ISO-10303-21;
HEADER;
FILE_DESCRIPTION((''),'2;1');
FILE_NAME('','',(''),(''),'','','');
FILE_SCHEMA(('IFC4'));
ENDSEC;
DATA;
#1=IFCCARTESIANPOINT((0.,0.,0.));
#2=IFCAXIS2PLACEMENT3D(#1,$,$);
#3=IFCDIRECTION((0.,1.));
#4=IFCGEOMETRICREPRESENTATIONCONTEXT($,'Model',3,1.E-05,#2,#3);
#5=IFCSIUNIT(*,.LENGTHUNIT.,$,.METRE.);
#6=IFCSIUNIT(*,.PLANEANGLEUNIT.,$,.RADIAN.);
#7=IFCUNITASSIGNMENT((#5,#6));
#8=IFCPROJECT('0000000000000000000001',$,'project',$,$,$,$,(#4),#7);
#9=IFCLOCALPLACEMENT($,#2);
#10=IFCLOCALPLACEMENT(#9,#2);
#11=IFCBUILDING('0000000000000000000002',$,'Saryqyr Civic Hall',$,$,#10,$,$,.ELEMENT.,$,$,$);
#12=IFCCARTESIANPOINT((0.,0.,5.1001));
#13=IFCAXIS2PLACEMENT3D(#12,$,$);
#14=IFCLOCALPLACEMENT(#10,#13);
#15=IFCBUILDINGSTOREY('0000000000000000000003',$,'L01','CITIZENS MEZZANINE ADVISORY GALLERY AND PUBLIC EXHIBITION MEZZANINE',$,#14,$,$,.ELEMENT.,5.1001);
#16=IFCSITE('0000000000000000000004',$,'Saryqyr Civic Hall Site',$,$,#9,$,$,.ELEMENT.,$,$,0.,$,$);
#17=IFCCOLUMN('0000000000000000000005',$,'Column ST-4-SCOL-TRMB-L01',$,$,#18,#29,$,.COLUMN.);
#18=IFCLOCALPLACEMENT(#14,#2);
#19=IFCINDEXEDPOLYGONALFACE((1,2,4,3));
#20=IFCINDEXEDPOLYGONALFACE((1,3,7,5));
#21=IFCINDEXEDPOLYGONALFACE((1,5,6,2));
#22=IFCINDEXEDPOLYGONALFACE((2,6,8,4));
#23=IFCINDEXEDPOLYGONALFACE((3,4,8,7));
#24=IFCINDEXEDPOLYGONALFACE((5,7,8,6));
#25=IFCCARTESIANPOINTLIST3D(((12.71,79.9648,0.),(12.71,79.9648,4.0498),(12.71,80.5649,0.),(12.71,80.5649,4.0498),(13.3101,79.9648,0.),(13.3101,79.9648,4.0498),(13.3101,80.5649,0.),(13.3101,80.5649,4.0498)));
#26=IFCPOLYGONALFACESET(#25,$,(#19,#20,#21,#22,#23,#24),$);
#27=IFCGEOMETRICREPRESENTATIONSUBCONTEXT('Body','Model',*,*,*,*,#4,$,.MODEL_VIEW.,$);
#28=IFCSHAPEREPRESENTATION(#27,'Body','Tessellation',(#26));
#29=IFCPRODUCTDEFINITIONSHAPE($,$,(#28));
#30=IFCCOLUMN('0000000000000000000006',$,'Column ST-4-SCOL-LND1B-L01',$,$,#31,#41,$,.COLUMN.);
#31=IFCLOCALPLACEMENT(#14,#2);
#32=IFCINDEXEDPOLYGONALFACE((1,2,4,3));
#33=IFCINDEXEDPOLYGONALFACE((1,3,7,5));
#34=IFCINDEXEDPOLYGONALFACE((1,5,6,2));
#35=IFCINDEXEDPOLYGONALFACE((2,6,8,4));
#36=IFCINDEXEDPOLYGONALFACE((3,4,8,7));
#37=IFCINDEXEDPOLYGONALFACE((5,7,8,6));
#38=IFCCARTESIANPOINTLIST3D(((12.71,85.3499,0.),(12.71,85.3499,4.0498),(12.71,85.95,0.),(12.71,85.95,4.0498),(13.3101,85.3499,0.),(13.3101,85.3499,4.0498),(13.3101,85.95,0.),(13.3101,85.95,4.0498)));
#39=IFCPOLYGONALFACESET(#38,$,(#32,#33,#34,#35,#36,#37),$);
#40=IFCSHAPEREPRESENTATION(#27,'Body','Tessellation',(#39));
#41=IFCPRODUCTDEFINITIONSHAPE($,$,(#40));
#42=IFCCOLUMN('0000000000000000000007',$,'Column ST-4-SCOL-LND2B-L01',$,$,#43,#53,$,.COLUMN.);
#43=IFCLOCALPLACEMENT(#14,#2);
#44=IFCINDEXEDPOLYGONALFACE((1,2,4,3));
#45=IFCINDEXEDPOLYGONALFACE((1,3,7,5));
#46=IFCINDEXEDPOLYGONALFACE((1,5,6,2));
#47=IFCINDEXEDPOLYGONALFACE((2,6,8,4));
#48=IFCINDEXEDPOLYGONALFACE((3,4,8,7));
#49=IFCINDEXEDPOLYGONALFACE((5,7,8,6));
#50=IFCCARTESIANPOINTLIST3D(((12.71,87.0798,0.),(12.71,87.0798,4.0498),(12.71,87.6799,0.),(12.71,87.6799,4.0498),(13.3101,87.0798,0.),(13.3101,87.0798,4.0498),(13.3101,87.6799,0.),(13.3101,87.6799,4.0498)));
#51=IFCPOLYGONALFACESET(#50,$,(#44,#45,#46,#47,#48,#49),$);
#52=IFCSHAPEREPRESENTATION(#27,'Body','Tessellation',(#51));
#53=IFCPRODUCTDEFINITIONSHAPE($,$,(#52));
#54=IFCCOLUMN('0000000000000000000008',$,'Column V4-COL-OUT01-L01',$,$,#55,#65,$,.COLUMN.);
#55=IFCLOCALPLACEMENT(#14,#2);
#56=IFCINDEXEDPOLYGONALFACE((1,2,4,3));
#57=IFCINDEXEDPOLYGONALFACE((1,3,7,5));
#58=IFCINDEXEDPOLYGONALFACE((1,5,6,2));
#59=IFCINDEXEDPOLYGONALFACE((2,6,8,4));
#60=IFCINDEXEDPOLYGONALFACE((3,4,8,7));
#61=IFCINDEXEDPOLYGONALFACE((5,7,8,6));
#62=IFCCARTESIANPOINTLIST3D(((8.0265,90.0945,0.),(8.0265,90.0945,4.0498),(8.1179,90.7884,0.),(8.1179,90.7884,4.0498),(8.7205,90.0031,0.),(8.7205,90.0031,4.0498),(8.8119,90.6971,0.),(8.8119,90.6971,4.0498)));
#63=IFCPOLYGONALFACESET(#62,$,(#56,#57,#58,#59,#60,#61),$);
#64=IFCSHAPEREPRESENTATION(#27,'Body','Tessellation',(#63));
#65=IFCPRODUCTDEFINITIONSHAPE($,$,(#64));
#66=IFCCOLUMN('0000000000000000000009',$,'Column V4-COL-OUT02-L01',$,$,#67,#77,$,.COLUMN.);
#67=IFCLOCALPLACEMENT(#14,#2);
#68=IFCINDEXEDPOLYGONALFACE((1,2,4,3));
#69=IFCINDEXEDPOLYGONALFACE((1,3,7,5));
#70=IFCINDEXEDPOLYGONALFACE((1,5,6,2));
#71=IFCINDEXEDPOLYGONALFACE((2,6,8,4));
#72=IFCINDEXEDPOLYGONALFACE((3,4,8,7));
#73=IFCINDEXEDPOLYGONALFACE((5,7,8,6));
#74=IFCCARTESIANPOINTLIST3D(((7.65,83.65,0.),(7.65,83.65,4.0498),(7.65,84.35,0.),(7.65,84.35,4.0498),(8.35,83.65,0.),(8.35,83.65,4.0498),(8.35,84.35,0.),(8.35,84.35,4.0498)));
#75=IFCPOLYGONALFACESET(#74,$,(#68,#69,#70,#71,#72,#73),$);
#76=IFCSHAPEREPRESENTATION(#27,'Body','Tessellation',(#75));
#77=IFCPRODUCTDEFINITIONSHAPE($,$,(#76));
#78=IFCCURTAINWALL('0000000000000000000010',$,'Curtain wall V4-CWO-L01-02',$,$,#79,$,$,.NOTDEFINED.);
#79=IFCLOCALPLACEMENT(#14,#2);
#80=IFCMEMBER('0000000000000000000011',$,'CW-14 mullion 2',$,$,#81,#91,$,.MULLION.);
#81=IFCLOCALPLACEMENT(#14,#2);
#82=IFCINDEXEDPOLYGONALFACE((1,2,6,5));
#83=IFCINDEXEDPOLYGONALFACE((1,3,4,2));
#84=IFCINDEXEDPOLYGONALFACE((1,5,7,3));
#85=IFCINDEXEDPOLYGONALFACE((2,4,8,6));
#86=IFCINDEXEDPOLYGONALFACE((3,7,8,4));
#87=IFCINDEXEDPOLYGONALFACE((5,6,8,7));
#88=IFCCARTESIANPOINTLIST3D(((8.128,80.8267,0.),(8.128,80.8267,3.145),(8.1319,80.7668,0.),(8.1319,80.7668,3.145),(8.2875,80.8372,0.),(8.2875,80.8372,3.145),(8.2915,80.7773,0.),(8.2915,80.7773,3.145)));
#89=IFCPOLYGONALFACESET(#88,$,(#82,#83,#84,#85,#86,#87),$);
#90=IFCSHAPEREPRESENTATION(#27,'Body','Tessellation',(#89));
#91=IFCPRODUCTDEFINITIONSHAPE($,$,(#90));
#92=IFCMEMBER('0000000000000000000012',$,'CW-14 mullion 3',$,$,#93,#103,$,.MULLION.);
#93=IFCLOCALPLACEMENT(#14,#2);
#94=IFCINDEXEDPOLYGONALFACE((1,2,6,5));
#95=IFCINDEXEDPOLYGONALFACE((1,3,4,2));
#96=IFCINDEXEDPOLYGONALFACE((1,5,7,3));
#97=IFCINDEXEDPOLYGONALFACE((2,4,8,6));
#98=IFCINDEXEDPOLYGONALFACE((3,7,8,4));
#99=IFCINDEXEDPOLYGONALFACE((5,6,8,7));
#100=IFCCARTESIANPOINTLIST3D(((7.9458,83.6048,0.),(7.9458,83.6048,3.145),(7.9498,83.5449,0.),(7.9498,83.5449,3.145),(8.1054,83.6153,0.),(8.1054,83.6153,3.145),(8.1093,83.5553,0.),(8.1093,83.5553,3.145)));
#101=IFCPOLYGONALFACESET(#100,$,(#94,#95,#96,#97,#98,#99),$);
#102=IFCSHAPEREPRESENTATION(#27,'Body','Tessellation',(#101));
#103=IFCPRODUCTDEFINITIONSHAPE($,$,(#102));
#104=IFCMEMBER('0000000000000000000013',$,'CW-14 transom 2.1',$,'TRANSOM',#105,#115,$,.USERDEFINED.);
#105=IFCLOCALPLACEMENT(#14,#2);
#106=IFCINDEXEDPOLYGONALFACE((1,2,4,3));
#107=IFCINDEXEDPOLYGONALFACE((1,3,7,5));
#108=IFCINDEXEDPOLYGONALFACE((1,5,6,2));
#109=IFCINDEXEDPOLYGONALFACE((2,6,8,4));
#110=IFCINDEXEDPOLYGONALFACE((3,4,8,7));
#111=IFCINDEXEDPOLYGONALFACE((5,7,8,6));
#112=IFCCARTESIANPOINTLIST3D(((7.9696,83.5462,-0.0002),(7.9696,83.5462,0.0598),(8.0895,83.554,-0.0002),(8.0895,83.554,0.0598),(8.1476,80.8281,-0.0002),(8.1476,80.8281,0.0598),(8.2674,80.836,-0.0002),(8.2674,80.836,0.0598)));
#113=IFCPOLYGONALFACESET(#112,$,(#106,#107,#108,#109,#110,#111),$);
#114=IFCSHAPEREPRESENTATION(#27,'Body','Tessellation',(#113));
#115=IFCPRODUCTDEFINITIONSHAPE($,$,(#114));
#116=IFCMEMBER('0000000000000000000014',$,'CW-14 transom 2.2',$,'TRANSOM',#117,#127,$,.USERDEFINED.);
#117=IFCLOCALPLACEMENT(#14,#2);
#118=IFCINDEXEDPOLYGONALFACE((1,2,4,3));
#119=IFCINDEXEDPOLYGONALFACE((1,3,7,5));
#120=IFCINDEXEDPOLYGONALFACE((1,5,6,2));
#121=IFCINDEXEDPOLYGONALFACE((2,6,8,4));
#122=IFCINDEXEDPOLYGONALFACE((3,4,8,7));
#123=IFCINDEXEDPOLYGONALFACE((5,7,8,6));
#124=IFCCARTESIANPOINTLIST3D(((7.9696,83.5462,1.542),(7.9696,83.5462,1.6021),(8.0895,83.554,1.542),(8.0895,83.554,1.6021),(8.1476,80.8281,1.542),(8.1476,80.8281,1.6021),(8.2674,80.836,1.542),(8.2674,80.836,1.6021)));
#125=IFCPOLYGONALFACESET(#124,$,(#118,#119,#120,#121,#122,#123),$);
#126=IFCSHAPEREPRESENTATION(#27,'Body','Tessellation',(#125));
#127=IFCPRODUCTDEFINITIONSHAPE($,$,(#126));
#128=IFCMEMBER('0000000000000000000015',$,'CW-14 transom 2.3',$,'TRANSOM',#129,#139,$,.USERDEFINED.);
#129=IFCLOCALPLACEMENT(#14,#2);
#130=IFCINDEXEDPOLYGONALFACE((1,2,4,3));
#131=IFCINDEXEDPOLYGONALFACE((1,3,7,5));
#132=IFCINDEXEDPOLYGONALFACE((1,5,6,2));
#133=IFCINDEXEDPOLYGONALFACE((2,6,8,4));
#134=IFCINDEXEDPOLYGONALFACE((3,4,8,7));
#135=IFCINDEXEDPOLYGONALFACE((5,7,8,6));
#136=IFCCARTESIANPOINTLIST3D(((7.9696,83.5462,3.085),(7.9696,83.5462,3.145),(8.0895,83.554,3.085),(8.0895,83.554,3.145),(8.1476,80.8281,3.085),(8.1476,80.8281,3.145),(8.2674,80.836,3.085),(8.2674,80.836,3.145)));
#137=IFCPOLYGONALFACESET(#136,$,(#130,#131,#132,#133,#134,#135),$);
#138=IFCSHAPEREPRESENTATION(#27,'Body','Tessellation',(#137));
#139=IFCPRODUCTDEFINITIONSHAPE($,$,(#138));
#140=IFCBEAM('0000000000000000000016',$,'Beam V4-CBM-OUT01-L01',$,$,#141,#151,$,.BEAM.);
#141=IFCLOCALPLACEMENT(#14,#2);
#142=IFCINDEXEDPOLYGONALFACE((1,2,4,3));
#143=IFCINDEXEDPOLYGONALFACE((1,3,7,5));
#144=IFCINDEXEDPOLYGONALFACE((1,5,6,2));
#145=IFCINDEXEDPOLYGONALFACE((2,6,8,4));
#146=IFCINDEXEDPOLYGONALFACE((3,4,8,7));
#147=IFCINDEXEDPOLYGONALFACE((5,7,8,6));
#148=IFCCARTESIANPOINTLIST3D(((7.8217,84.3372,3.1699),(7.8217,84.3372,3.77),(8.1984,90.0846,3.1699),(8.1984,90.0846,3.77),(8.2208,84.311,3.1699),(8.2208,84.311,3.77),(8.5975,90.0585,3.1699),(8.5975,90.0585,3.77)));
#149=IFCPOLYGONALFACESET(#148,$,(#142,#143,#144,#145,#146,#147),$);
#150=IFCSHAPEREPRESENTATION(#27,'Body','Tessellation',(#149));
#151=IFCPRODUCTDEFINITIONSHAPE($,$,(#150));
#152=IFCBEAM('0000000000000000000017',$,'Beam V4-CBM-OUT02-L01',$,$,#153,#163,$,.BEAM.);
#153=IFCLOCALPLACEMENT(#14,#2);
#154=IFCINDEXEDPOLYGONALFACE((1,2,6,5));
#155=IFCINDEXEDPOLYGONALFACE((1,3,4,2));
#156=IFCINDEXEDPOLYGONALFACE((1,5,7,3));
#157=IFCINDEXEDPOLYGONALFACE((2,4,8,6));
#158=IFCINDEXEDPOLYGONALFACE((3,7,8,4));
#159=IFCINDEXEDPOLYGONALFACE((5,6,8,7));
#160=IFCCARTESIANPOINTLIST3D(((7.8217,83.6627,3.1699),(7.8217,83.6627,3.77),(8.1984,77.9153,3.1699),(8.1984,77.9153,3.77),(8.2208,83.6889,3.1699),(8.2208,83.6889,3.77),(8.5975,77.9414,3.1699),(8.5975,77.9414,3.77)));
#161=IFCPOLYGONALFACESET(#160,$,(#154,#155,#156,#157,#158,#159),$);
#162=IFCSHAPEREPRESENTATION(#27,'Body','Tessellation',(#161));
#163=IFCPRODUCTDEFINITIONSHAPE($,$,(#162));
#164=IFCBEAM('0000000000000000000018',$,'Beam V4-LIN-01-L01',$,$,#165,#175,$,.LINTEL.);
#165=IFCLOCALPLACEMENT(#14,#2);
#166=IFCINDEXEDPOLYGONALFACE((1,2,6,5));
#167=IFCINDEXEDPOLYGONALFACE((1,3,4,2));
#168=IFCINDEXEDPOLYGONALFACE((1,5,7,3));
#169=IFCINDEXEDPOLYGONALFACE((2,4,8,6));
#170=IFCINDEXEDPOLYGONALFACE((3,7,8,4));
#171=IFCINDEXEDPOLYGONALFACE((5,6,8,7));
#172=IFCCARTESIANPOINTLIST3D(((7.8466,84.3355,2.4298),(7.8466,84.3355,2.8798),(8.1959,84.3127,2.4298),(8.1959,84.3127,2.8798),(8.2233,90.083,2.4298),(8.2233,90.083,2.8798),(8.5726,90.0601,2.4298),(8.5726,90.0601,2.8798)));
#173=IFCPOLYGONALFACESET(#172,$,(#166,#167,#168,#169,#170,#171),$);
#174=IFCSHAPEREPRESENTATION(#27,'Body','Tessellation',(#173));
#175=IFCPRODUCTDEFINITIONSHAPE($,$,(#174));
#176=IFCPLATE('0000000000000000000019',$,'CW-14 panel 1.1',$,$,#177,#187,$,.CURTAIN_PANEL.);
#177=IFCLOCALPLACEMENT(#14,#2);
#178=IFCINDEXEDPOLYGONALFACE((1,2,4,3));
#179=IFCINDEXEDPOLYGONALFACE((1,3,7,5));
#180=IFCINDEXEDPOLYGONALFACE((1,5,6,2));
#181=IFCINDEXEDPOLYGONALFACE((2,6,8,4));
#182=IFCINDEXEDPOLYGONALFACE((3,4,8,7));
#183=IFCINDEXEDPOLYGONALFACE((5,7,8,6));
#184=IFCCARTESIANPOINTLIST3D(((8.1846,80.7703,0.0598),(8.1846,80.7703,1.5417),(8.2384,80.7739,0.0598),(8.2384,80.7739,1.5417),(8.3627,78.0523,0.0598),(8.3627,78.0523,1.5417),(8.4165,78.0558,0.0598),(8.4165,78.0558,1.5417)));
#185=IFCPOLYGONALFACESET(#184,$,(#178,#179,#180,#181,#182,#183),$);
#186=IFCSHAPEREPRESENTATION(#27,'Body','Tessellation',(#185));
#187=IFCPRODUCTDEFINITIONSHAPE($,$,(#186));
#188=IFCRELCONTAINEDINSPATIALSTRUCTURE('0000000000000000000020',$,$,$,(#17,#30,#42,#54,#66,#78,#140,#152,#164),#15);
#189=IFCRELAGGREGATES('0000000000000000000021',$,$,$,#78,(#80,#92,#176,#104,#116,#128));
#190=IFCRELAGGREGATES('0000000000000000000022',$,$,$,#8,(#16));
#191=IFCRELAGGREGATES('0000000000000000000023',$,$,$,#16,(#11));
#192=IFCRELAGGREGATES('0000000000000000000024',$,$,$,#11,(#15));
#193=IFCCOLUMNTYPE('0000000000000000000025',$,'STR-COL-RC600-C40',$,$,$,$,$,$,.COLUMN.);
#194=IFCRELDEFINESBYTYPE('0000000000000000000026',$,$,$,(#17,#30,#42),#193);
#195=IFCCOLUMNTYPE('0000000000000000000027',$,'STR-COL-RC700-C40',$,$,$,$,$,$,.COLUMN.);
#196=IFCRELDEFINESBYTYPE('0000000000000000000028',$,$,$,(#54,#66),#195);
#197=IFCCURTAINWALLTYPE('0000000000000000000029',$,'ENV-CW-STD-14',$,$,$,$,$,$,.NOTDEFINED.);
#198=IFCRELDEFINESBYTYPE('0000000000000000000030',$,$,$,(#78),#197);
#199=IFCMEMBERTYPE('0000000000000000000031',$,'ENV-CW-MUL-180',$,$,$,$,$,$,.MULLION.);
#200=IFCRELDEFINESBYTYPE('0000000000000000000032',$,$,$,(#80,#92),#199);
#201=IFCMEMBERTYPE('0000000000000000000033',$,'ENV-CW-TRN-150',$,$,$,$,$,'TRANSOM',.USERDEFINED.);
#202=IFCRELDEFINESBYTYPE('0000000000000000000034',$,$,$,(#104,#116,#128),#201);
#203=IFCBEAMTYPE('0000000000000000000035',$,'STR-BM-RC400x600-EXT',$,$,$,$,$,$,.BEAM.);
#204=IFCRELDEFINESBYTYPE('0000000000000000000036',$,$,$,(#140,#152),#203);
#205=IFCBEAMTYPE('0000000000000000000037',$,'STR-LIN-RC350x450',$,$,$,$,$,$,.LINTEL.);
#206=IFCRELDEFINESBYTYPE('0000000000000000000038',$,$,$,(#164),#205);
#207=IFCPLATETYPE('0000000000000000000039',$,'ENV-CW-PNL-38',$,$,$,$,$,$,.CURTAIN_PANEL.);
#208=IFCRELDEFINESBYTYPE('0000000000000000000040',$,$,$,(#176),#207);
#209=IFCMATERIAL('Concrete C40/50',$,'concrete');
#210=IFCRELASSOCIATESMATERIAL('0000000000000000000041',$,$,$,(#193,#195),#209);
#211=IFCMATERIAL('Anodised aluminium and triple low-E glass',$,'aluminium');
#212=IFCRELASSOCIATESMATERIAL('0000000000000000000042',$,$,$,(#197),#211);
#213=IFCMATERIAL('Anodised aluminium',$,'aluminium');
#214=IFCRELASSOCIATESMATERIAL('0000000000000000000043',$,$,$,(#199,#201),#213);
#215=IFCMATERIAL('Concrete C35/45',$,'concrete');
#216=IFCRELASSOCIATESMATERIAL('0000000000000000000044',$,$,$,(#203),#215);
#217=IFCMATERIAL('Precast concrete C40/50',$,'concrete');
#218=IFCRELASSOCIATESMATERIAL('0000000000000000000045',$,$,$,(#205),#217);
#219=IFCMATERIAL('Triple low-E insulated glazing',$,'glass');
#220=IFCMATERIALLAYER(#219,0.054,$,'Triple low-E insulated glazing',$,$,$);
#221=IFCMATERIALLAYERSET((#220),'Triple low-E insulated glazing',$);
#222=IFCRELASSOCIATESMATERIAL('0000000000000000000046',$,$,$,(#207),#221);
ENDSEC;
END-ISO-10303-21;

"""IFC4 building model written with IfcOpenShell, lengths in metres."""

from ifc_helpers import new_model, si_unit, direction, frame, origin, origin_2d, place, context, subcontext, project, spatial, rectangle, extrude, material, layer, layer_set, material_profile, profile_set, type_object, element, aggregate, save


model = new_model("IFC4")

# Units and contexts
model_context = context("Model", 3, precision=1e-05, world=origin(), true_north=direction((0.0, 1.0)))
body_context = subcontext(model_context, "Body", "Model", "MODEL_VIEW")
ifc_project = project(units=[si_unit("LENGTHUNIT", "METRE"), si_unit("PLANEANGLEUNIT", "RADIAN")], contexts=[model_context])

# Site, building, storey
site_placement = place(None, origin())
site = spatial("IfcSite", under=ifc_project, at=site_placement, Name="Saryqyr Civic Hall Site", CompositionType="ELEMENT", RefElevation=0.0)
building_placement = place(site_placement, origin())
building = spatial("IfcBuilding", under=site, at=building_placement, Name="Saryqyr Civic Hall", CompositionType="ELEMENT")
storey_placement = place(building_placement, frame((0.0, 0.0, 5.1001)))
storey = spatial("IfcBuildingStorey", under=building, at=storey_placement, Name="L01", Description="CITIZENS MEZZANINE ADVISORY GALLERY AND PUBLIC EXHIBITION MEZZANINE", CompositionType="ELEMENT", Elevation=5.1001)

# Columns
ifc_material_1 = material(Name="Concrete C40/50", Category="concrete")
ifc_material_profile_1 = material_profile(ifc_material_1, rectangle(XDim=0.6001, YDim=0.6001, at=origin_2d()), Name="RC 600x600")
ifc_profile_set_1 = profile_set([ifc_material_profile_1], Name="Concrete C40/50")
column_type_1 = type_object("IfcColumnType", Name="STR-COL-RC600-C40", PredefinedType="COLUMN", material=ifc_profile_set_1)
for number, where, z_axis, x_axis, name in (
    (1, (13.01, 80.2649, 0.0), (0.0, 0.0, 1.0), (1.0, 0.0, 0.0), "Column ST-4-SCOL-TRMB-L01"),
    (2, (13.01, 85.6499, 0.0), (0.0, 0.0, 1.0), (1.0, 0.0, 0.0), "Column ST-4-SCOL-LND1B-L01"),
    (3, (13.01, 87.3799, 0.0), (0.0, 0.0, 1.0), (1.0, 0.0, 0.0), "Column ST-4-SCOL-LND2B-L01"),
):
    element("IfcColumn", number, at=place(storey_placement, frame(where, z_axis=z_axis, x_axis=x_axis)), inside=storey, type_object=column_type_1, Name=name, PredefinedType="COLUMN", context=body_context, shape_type="SweptSolid", body=[
        extrude(rectangle(XDim=0.6001, YDim=0.6001, at=origin_2d()), origin(), (0.0, 0.0, 1.0), 4.0498),
    ])
ifc_material_profile_2 = material_profile(ifc_material_1, rectangle(XDim=0.7, YDim=0.7, at=origin_2d()), Name="RC 700x700")
ifc_profile_set_2 = profile_set([ifc_material_profile_2], Name="Concrete C40/50")
column_type_2 = type_object("IfcColumnType", Name="STR-COL-RC700-C40", PredefinedType="COLUMN", material=ifc_profile_set_2)
for number, where, z_axis, x_axis, name in (
    (4, (8.4192, 90.3958, 0.0), (0.0, 0.0, 1.0), (-0.991445, 0.130526, 0.0), "Column V4-COL-OUT01-L01"),
    (5, (8.0, 84.0, 0.0), (0.0, 0.0, 1.0), (-1.0, 0.0, 0.0), "Column V4-COL-OUT02-L01"),
):
    element("IfcColumn", number, at=place(storey_placement, frame(where, z_axis=z_axis, x_axis=x_axis)), inside=storey, type_object=column_type_2, Name=name, PredefinedType="COLUMN", context=body_context, shape_type="SweptSolid", body=[
        extrude(rectangle(XDim=0.7, YDim=0.7, at=origin_2d()), origin(), (0.0, 0.0, 1.0), 4.0498),
    ])

# Curtain wall, members
ifc_material_2 = material(Name="Anodised aluminium and triple low-E glass", Category="aluminium")
curtain_wall_type = type_object("IfcCurtainWallType", Name="ENV-CW-STD-14", PredefinedType="NOTDEFINED", material=ifc_material_2)
curtain_wall_placement = place(storey_placement, origin())
curtain_wall = element("IfcCurtainWall", 6, at=curtain_wall_placement, inside=storey, type_object=curtain_wall_type, Name="Curtain wall V4-CWO-L01-02", PredefinedType="NOTDEFINED")
ifc_material_3 = material(Name="Anodised aluminium", Category="aluminium")
ifc_material_profile_3 = material_profile(ifc_material_3, rectangle(XDim=0.0601, YDim=0.1599, at=origin_2d()), Name="ALU MULLION 60x160")
ifc_profile_set_3 = profile_set([ifc_material_profile_3], Name="Anodised aluminium")
member_type_1 = type_object("IfcMemberType", Name="ENV-CW-MUL-180", PredefinedType="MULLION", material=ifc_profile_set_3)
member_1_placement = place(storey_placement, frame((8.2097, 80.802, 0.0), z_axis=(0.0, 0.0, 1.0), x_axis=(-0.065389, 0.99786, 0.0)))
member_1 = element("IfcMember", 7, at=member_1_placement, type_object=member_type_1, Name="CW-14 mullion 2", PredefinedType="MULLION", context=body_context, shape_type="SweptSolid", body=[
    extrude(rectangle(XDim=0.0601, YDim=0.1599, at=origin_2d()), origin(), (0.0, 0.0, 1.0), 3.145),
])
member_2_placement = place(storey_placement, frame((8.0276, 83.5801, 0.0), z_axis=(0.0, 0.0, 1.0), x_axis=(-0.065389, 0.99786, 0.0)))
member_2 = element("IfcMember", 8, at=member_2_placement, type_object=member_type_1, Name="CW-14 mullion 3", PredefinedType="MULLION", context=body_context, shape_type="SweptSolid", body=[
    extrude(rectangle(XDim=0.0601, YDim=0.1599, at=origin_2d()), origin(), (0.0, 0.0, 1.0), 3.145),
])
ifc_material_profile_4 = material_profile(ifc_material_3, rectangle(XDim=0.1201, YDim=0.0601, at=origin_2d()), Name="ALU TRANSOM 120x60")
ifc_profile_set_4 = profile_set([ifc_material_profile_4], Name="Anodised aluminium")
member_type_2 = type_object("IfcMemberType", Name="ENV-CW-TRN-150", ElementType="TRANSOM", PredefinedType="USERDEFINED", material=ifc_profile_set_4)
member_3_placement = place(storey_placement, frame((8.2075, 80.832, 0.0298), z_axis=(-0.065341, 0.997863, 0.0), x_axis=(-0.997863, -0.065341, 0.0)))
member_3 = element("IfcMember", 9, at=member_3_placement, type_object=member_type_2, Name="CW-14 transom 2.1", ObjectType="TRANSOM", PredefinedType="USERDEFINED", context=body_context, shape_type="SweptSolid", body=[
    extrude(rectangle(XDim=0.1201, YDim=0.0601, at=origin_2d()), origin(), (0.0, 0.0, 1.0), 2.7239),
])
member_4_placement = place(storey_placement, frame((8.2075, 80.832, 1.572), z_axis=(-0.065341, 0.997863, 0.0), x_axis=(-0.997863, -0.065341, 0.0)))
member_4 = element("IfcMember", 10, at=member_4_placement, type_object=member_type_2, Name="CW-14 transom 2.2", ObjectType="TRANSOM", PredefinedType="USERDEFINED", context=body_context, shape_type="SweptSolid", body=[
    extrude(rectangle(XDim=0.1201, YDim=0.0601, at=origin_2d()), origin(), (0.0, 0.0, 1.0), 2.7239),
])
member_5_placement = place(storey_placement, frame((8.2075, 80.832, 3.115), z_axis=(-0.065341, 0.997863, 0.0), x_axis=(-0.997863, -0.065341, 0.0)))
member_5 = element("IfcMember", 11, at=member_5_placement, type_object=member_type_2, Name="CW-14 transom 2.3", ObjectType="TRANSOM", PredefinedType="USERDEFINED", context=body_context, shape_type="SweptSolid", body=[
    extrude(rectangle(XDim=0.1201, YDim=0.0601, at=origin_2d()), origin(), (0.0, 0.0, 1.0), 2.7239),
])

# Beams
ifc_material_4 = material(Name="Concrete C35/45", Category="concrete")
ifc_material_profile_5 = material_profile(ifc_material_4, rectangle(XDim=0.3999, YDim=0.6001, at=origin_2d()), Name="RC 400x600")
ifc_profile_set_5 = profile_set([ifc_material_profile_5], Name="Concrete C35/45")
beam_type_1 = type_object("IfcBeamType", Name="STR-BM-RC400x600-EXT", PredefinedType="BEAM", material=ifc_profile_set_5)
for number, where, z_axis, x_axis, name in (
    (12, (8.3979, 90.0715, 3.47), (-0.065405, -0.997859, 0.0), (0.997859, -0.065405, 0.0), "Beam V4-CBM-OUT01-L01"),
    (13, (8.0212, 83.6758, 3.47), (0.065405, -0.997859, 0.0), (0.997859, 0.065405, 0.0), "Beam V4-CBM-OUT02-L01"),
):
    element("IfcBeam", number, at=place(storey_placement, frame(where, z_axis=z_axis, x_axis=x_axis)), inside=storey, type_object=beam_type_1, Name=name, PredefinedType="BEAM", context=body_context, shape_type="SweptSolid", body=[
        extrude(rectangle(XDim=0.3999, YDim=0.6001, at=origin_2d()), origin(), (0.0, 0.0, 1.0), 5.7598),
    ])
ifc_material_5 = material(Name="Precast concrete C40/50", Category="concrete")
ifc_material_profile_6 = material_profile(ifc_material_5, rectangle(XDim=0.3501, YDim=0.45, at=origin_2d()), Name="RC 350x450")
ifc_profile_set_6 = profile_set([ifc_material_profile_6], Name="Precast concrete C40/50")
beam_type_2 = type_object("IfcBeamType", Name="STR-LIN-RC350x450", PredefinedType="LINTEL", material=ifc_profile_set_6)
beam_placement = place(storey_placement, frame((8.3979, 90.0715, 2.6548), z_axis=(-0.065405, -0.997859, 0.0), x_axis=(0.997859, -0.065405, 0.0)))
element("IfcBeam", 14, at=beam_placement, inside=storey, type_object=beam_type_2, Name="Beam V4-LIN-01-L01", PredefinedType="LINTEL", context=body_context, shape_type="SweptSolid", body=[
    extrude(rectangle(XDim=0.3501, YDim=0.45, at=origin_2d()), origin(), (0.0, 0.0, 1.0), 5.7598),
])

# Plate
ifc_material_6 = material(Name="Triple low-E insulated glazing", Category="glass")
ifc_layer_1 = layer(ifc_material_6, 0.054, Name="Triple low-E insulated glazing")
ifc_layer_set_1 = layer_set([ifc_layer_1], Name="Triple low-E insulated glazing")
plate_type = type_object("IfcPlateType", Name="ENV-CW-PNL-38", PredefinedType="CURTAIN_PANEL", material=ifc_layer_set_1)
plate_1_placement = place(storey_placement, frame((8.3005, 79.4131, 0.0598), z_axis=(0.0, 0.0, 1.0), x_axis=(-0.065389, 0.99786, 0.0)))
plate_1 = element("IfcPlate", 15, at=plate_1_placement, type_object=plate_type, Name="CW-14 panel 1.1", PredefinedType="CURTAIN_PANEL", context=body_context, shape_type="SweptSolid", body=[
    extrude(rectangle(XDim=2.7239, YDim=0.054, at=origin_2d()), origin(), (0.0, 0.0, 1.0), 1.4819),
])
aggregate(curtain_wall, [member_1, member_2, plate_1, member_3, member_4, member_5])

save(model, "model.ifc")
